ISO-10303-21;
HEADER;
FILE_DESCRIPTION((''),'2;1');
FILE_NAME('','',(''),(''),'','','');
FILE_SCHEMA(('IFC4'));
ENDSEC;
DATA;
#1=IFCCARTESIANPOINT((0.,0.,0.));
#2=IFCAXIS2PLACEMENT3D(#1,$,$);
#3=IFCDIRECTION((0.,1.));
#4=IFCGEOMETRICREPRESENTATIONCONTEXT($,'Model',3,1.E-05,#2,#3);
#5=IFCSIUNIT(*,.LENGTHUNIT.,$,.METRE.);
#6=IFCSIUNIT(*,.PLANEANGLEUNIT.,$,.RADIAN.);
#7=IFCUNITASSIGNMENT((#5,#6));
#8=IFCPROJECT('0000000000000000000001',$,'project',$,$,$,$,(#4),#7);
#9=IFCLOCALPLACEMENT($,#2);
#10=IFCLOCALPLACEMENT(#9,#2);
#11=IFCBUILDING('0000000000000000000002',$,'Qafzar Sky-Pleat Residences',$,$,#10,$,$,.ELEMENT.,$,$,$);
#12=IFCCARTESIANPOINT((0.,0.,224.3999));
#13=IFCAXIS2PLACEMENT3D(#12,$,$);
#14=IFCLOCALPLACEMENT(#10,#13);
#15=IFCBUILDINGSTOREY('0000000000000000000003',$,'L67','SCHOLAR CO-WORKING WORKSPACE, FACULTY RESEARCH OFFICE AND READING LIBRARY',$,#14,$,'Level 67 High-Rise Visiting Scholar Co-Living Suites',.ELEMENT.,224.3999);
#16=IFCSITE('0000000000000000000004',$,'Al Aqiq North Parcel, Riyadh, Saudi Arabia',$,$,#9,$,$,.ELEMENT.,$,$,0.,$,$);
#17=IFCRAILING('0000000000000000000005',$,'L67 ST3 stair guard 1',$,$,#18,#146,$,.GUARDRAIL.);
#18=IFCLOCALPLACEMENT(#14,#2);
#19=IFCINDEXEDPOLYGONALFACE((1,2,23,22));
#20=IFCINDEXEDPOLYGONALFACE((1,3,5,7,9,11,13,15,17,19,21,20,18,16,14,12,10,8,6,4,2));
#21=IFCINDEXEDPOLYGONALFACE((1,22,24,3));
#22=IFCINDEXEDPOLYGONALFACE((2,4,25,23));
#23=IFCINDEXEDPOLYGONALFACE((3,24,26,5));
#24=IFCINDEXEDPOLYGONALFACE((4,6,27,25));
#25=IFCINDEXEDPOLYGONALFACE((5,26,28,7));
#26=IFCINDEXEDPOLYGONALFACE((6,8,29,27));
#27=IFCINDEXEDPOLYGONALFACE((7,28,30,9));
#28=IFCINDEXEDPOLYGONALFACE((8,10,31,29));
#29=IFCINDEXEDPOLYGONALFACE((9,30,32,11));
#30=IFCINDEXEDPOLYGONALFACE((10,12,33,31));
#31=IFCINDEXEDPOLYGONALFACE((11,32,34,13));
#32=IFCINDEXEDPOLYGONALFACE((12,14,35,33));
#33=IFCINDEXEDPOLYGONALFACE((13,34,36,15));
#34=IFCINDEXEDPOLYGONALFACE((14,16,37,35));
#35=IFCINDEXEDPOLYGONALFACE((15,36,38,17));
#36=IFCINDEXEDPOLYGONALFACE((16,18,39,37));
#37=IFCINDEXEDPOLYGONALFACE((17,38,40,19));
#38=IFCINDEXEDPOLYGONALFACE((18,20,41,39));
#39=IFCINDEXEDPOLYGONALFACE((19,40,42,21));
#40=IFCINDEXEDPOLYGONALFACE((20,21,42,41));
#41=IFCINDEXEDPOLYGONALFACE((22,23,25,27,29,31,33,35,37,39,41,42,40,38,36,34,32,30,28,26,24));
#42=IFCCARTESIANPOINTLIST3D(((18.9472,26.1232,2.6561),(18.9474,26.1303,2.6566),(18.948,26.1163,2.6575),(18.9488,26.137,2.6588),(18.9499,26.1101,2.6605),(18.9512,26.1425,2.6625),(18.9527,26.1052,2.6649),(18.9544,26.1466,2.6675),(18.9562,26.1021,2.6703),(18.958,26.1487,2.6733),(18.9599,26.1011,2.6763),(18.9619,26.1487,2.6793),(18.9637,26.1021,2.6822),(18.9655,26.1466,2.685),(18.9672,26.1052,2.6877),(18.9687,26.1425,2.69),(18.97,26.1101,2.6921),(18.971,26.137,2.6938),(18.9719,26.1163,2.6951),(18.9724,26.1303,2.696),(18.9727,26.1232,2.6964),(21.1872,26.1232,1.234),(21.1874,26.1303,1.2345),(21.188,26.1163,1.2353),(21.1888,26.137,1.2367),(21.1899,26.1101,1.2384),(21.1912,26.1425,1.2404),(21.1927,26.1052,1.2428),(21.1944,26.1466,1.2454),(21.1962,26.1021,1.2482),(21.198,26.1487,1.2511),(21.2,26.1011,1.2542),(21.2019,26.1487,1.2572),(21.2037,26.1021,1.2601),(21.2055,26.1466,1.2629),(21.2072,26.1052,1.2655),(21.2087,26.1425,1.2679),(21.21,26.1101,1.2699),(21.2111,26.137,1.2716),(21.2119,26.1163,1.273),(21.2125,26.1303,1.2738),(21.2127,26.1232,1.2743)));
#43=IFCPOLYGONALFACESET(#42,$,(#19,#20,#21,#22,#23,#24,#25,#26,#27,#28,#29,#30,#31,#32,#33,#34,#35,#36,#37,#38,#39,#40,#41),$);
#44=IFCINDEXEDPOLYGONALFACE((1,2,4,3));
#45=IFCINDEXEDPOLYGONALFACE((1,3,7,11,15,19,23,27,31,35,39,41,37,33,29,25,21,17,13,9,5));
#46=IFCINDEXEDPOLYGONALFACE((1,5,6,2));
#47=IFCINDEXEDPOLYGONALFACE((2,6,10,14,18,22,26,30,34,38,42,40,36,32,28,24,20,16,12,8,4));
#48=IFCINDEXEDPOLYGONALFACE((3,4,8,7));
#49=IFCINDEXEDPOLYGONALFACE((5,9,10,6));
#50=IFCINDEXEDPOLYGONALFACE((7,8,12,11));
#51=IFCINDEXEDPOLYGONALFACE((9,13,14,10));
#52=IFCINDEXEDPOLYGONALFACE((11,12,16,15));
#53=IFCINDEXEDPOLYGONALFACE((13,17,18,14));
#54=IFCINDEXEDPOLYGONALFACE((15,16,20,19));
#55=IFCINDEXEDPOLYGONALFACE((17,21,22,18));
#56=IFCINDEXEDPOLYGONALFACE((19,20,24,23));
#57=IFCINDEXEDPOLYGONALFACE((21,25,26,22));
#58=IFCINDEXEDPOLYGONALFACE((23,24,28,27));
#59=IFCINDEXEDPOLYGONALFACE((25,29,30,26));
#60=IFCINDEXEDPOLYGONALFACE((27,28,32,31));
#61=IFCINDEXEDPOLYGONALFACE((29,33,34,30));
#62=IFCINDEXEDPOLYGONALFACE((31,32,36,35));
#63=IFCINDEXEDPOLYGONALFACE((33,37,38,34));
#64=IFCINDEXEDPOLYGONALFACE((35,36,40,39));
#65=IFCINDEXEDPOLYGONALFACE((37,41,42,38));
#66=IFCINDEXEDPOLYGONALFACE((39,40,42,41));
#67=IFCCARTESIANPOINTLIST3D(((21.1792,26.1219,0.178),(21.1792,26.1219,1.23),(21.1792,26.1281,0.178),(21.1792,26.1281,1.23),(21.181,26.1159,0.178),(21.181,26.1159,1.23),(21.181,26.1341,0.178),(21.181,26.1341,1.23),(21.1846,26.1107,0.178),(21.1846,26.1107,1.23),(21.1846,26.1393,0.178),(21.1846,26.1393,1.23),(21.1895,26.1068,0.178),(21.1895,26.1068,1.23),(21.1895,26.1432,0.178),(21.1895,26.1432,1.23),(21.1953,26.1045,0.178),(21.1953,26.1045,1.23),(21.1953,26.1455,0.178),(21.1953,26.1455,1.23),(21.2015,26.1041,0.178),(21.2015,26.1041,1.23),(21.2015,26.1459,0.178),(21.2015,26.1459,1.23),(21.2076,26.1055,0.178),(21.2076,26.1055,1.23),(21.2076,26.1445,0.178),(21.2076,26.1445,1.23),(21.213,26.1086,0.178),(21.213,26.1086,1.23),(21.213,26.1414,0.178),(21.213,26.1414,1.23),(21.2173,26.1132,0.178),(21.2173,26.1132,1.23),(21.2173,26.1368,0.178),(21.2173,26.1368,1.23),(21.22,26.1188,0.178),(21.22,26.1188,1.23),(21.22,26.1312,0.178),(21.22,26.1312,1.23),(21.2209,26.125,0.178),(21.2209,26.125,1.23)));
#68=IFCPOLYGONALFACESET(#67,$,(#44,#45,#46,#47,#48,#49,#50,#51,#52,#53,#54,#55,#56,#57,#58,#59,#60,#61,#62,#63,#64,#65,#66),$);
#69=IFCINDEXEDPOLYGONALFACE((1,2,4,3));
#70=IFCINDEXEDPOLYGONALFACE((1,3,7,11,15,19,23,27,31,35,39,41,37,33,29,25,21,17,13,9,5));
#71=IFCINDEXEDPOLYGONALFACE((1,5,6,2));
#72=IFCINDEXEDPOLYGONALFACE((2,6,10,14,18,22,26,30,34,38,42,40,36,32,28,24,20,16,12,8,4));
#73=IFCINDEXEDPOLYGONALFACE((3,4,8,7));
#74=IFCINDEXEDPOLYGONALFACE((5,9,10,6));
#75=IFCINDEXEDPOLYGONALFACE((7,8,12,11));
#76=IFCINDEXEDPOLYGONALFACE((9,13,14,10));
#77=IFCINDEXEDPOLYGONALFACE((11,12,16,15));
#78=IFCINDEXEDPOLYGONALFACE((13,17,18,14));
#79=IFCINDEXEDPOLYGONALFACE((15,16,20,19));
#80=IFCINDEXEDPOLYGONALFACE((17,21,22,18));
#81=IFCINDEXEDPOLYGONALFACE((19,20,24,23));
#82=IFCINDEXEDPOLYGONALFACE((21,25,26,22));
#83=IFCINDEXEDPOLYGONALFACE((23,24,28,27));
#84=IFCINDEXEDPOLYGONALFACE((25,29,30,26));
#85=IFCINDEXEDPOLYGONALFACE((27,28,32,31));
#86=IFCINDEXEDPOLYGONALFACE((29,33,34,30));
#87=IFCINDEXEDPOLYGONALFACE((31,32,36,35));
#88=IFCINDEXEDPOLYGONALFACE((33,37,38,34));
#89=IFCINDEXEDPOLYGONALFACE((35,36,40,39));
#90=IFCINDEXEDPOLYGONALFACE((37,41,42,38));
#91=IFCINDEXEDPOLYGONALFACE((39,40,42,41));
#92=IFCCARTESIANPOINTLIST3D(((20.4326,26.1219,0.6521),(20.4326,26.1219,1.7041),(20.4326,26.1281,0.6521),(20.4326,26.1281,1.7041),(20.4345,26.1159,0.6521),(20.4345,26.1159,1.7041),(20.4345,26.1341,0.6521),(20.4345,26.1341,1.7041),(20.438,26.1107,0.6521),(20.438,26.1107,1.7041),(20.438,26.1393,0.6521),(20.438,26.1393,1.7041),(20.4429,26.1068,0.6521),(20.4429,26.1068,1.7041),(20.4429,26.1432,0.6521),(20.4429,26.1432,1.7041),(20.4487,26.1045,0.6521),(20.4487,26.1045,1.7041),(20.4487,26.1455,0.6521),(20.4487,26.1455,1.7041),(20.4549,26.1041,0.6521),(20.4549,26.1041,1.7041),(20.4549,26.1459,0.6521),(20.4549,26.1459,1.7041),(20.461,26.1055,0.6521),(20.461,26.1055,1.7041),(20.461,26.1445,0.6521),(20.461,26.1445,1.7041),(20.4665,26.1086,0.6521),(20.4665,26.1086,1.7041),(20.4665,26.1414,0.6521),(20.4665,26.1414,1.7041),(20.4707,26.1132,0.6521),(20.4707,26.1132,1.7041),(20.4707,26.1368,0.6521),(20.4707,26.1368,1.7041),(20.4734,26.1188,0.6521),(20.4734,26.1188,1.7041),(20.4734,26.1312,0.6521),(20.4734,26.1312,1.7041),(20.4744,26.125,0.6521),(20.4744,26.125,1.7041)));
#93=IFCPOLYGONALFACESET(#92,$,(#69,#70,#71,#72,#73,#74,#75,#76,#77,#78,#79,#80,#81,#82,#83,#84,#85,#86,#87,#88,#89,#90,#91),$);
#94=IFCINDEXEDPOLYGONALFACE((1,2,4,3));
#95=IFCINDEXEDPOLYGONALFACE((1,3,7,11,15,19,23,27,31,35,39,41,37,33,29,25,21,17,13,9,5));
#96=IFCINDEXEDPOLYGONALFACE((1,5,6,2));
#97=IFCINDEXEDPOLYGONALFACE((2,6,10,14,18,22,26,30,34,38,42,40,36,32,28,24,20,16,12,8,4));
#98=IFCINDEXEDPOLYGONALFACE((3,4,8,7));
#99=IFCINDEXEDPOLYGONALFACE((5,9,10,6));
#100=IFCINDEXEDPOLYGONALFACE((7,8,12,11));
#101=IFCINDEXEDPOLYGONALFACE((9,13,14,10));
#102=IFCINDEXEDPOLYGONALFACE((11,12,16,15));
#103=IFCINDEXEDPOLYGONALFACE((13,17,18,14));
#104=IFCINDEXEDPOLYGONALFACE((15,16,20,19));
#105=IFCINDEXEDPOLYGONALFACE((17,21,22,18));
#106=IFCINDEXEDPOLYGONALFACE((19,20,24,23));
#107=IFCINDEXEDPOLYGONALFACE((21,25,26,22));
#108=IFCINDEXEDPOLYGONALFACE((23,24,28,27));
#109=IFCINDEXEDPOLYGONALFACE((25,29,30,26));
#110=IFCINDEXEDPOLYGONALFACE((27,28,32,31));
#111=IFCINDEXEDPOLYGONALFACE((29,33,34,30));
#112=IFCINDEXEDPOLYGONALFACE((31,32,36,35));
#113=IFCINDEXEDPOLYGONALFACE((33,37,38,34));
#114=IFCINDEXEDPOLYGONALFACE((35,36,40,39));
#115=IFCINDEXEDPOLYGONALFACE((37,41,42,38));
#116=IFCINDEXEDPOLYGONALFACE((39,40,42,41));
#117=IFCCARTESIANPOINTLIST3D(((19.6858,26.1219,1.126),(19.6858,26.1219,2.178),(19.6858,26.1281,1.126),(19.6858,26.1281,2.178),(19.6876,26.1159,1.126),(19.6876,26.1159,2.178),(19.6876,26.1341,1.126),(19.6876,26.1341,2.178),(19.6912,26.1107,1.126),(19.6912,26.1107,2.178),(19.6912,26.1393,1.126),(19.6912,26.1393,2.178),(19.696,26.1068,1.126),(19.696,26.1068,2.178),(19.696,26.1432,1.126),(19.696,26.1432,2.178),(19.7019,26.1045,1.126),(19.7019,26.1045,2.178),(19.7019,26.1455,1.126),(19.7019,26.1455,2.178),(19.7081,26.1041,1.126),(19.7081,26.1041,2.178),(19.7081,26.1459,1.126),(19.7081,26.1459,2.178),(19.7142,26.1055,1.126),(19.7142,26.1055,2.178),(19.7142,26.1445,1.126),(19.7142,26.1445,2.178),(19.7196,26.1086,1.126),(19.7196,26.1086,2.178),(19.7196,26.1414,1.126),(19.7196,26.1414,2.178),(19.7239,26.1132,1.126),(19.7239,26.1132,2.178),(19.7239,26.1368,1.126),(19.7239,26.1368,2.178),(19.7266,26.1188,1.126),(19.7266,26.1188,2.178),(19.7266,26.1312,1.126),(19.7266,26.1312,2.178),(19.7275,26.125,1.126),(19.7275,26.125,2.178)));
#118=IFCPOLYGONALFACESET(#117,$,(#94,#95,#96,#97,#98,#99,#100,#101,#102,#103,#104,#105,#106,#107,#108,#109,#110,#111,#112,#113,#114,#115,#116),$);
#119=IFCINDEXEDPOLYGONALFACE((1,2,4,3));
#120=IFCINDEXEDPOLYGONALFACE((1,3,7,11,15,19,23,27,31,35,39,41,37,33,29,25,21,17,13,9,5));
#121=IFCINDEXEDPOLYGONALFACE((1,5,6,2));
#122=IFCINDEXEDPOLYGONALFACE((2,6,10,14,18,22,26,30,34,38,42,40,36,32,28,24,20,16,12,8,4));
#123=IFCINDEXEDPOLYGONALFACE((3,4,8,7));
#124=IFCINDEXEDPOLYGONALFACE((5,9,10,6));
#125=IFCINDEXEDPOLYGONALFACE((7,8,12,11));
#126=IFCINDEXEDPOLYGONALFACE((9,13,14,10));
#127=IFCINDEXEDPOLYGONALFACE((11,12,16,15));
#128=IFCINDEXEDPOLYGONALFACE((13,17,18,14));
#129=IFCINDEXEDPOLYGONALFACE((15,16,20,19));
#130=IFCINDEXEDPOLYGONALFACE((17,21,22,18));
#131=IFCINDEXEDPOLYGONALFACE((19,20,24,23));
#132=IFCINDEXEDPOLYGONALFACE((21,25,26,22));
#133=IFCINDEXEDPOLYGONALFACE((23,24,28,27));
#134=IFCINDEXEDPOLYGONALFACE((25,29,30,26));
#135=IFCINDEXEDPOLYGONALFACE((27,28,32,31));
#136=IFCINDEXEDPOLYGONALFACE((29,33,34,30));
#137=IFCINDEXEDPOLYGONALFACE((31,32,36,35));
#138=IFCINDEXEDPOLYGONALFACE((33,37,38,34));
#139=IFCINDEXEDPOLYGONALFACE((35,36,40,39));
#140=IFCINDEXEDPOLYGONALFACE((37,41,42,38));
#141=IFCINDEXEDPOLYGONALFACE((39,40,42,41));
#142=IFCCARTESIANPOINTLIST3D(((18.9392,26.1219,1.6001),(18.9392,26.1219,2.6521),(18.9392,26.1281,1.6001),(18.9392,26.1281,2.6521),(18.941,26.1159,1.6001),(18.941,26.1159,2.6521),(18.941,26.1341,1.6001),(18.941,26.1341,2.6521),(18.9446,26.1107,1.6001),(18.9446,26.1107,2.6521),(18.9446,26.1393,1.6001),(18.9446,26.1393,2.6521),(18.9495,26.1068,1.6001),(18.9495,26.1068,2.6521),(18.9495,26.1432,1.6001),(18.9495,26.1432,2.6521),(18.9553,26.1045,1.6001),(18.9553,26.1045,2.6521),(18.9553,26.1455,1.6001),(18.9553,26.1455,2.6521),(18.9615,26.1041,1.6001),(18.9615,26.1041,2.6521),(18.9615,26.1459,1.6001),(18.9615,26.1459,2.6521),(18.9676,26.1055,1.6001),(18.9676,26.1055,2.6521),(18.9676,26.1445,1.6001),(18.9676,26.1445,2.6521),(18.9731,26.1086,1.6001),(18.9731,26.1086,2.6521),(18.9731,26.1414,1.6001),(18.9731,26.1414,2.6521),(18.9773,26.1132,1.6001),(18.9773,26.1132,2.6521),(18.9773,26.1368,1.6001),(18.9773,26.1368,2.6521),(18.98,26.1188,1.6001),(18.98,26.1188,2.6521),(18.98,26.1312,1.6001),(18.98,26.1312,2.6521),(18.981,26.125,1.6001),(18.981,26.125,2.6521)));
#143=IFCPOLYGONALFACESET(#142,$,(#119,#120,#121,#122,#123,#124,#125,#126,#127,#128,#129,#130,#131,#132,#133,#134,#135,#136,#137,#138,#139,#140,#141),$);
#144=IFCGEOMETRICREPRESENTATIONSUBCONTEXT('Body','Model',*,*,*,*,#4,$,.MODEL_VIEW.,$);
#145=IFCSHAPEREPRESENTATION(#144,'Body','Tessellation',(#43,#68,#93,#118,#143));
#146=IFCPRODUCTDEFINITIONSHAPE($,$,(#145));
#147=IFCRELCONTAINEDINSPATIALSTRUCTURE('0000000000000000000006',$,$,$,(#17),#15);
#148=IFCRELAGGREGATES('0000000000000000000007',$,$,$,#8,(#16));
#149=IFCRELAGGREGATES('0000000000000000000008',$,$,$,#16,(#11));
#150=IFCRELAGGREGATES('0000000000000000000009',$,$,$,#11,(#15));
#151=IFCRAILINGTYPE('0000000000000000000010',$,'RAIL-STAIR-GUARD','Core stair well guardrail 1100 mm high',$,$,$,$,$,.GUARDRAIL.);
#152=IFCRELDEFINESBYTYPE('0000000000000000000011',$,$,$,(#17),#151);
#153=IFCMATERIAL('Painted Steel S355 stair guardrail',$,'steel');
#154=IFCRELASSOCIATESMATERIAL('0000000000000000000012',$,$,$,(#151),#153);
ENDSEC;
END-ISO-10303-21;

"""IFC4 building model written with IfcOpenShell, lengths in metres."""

from ifc_helpers import new_model, si_unit, direction, frame, origin, origin_2d, place, context, subcontext, project, spatial, circle, extrude, source, transform, mapped, material, type_object, element, save


model = new_model("IFC4")

# Units and contexts
model_context = context("Model", 3, precision=1e-05, world=origin(), true_north=direction((0.0, 1.0)))
body_context = subcontext(model_context, "Body", "Model", "MODEL_VIEW")
ifc_project = project(units=[si_unit("LENGTHUNIT", "METRE"), si_unit("PLANEANGLEUNIT", "RADIAN")], contexts=[model_context])

# Site, building, storey
site_placement = place(None, origin())
site = spatial("IfcSite", under=ifc_project, at=site_placement, Name="Al Aqiq North Parcel, Riyadh, Saudi Arabia", CompositionType="ELEMENT", RefElevation=0.0)
building_placement = place(site_placement, origin())
building = spatial("IfcBuilding", under=site, at=building_placement, Name="Qafzar Sky-Pleat Residences", CompositionType="ELEMENT")
storey_placement = place(building_placement, frame((0.0, 0.0, 224.3999)))
storey = spatial("IfcBuildingStorey", under=building, at=storey_placement, Name="L67", Description="SCHOLAR CO-WORKING WORKSPACE, FACULTY RESEARCH OFFICE AND READING LIBRARY", LongName="Level 67 High-Rise Visiting Scholar Co-Living Suites", CompositionType="ELEMENT", Elevation=224.3999)

# Railing
ifc_material_1 = material(Name="Painted Steel S355 stair guardrail", Category="steel")
railing_type_1 = type_object("IfcRailingType", Name="RAIL-STAIR-GUARD", Description="Core stair well guardrail 1100 mm high", PredefinedType="GUARDRAIL", material=ifc_material_1)
shared_shape_1 = source(origin(), body_context, "Body", "SweptSolid", [
    extrude(circle(Radius=0.0239, at=origin_2d()), frame((0.0, 0.0, 1.0762), z_axis=(-0.844229, 0.0, 0.535982), x_axis=(0.0, -1.0, 0.0)), (0.0, 0.0, 1.0), 2.6533),
    extrude(circle(Radius=0.021, at=origin_2d()), origin(), (0.0, 0.0, 1.0), 1.052),
    extrude(circle(Radius=0.021, at=origin_2d()), frame((-0.7466, 0.0, 0.4741)), (0.0, 0.0, 1.0), 1.052),
    extrude(circle(Radius=0.021, at=origin_2d()), frame((-1.4934, 0.0, 0.948)), (0.0, 0.0, 1.0), 1.052),
    extrude(circle(Radius=0.021, at=origin_2d()), frame((-2.24, 0.0, 1.4221)), (0.0, 0.0, 1.0), 1.052),
])
railing_1_placement = place(storey_placement, frame((21.2, 26.125, 0.178)))
element("IfcRailing", 1, at=railing_1_placement, inside=storey, type_object=railing_type_1, Name="L67 ST3 stair guard 1", PredefinedType="GUARDRAIL", context=body_context, shape_type="MappedRepresentation", body=[
    mapped(shared_shape_1, transform((0.0, 0.0, 0.0), x_axis=(1.0, 0.0, 0.0), y_axis=(0.0, 1.0, 0.0), z_axis=(0.0, 0.0, 1.0), scale=1.0)),
])

save(model, "model.ifc")
